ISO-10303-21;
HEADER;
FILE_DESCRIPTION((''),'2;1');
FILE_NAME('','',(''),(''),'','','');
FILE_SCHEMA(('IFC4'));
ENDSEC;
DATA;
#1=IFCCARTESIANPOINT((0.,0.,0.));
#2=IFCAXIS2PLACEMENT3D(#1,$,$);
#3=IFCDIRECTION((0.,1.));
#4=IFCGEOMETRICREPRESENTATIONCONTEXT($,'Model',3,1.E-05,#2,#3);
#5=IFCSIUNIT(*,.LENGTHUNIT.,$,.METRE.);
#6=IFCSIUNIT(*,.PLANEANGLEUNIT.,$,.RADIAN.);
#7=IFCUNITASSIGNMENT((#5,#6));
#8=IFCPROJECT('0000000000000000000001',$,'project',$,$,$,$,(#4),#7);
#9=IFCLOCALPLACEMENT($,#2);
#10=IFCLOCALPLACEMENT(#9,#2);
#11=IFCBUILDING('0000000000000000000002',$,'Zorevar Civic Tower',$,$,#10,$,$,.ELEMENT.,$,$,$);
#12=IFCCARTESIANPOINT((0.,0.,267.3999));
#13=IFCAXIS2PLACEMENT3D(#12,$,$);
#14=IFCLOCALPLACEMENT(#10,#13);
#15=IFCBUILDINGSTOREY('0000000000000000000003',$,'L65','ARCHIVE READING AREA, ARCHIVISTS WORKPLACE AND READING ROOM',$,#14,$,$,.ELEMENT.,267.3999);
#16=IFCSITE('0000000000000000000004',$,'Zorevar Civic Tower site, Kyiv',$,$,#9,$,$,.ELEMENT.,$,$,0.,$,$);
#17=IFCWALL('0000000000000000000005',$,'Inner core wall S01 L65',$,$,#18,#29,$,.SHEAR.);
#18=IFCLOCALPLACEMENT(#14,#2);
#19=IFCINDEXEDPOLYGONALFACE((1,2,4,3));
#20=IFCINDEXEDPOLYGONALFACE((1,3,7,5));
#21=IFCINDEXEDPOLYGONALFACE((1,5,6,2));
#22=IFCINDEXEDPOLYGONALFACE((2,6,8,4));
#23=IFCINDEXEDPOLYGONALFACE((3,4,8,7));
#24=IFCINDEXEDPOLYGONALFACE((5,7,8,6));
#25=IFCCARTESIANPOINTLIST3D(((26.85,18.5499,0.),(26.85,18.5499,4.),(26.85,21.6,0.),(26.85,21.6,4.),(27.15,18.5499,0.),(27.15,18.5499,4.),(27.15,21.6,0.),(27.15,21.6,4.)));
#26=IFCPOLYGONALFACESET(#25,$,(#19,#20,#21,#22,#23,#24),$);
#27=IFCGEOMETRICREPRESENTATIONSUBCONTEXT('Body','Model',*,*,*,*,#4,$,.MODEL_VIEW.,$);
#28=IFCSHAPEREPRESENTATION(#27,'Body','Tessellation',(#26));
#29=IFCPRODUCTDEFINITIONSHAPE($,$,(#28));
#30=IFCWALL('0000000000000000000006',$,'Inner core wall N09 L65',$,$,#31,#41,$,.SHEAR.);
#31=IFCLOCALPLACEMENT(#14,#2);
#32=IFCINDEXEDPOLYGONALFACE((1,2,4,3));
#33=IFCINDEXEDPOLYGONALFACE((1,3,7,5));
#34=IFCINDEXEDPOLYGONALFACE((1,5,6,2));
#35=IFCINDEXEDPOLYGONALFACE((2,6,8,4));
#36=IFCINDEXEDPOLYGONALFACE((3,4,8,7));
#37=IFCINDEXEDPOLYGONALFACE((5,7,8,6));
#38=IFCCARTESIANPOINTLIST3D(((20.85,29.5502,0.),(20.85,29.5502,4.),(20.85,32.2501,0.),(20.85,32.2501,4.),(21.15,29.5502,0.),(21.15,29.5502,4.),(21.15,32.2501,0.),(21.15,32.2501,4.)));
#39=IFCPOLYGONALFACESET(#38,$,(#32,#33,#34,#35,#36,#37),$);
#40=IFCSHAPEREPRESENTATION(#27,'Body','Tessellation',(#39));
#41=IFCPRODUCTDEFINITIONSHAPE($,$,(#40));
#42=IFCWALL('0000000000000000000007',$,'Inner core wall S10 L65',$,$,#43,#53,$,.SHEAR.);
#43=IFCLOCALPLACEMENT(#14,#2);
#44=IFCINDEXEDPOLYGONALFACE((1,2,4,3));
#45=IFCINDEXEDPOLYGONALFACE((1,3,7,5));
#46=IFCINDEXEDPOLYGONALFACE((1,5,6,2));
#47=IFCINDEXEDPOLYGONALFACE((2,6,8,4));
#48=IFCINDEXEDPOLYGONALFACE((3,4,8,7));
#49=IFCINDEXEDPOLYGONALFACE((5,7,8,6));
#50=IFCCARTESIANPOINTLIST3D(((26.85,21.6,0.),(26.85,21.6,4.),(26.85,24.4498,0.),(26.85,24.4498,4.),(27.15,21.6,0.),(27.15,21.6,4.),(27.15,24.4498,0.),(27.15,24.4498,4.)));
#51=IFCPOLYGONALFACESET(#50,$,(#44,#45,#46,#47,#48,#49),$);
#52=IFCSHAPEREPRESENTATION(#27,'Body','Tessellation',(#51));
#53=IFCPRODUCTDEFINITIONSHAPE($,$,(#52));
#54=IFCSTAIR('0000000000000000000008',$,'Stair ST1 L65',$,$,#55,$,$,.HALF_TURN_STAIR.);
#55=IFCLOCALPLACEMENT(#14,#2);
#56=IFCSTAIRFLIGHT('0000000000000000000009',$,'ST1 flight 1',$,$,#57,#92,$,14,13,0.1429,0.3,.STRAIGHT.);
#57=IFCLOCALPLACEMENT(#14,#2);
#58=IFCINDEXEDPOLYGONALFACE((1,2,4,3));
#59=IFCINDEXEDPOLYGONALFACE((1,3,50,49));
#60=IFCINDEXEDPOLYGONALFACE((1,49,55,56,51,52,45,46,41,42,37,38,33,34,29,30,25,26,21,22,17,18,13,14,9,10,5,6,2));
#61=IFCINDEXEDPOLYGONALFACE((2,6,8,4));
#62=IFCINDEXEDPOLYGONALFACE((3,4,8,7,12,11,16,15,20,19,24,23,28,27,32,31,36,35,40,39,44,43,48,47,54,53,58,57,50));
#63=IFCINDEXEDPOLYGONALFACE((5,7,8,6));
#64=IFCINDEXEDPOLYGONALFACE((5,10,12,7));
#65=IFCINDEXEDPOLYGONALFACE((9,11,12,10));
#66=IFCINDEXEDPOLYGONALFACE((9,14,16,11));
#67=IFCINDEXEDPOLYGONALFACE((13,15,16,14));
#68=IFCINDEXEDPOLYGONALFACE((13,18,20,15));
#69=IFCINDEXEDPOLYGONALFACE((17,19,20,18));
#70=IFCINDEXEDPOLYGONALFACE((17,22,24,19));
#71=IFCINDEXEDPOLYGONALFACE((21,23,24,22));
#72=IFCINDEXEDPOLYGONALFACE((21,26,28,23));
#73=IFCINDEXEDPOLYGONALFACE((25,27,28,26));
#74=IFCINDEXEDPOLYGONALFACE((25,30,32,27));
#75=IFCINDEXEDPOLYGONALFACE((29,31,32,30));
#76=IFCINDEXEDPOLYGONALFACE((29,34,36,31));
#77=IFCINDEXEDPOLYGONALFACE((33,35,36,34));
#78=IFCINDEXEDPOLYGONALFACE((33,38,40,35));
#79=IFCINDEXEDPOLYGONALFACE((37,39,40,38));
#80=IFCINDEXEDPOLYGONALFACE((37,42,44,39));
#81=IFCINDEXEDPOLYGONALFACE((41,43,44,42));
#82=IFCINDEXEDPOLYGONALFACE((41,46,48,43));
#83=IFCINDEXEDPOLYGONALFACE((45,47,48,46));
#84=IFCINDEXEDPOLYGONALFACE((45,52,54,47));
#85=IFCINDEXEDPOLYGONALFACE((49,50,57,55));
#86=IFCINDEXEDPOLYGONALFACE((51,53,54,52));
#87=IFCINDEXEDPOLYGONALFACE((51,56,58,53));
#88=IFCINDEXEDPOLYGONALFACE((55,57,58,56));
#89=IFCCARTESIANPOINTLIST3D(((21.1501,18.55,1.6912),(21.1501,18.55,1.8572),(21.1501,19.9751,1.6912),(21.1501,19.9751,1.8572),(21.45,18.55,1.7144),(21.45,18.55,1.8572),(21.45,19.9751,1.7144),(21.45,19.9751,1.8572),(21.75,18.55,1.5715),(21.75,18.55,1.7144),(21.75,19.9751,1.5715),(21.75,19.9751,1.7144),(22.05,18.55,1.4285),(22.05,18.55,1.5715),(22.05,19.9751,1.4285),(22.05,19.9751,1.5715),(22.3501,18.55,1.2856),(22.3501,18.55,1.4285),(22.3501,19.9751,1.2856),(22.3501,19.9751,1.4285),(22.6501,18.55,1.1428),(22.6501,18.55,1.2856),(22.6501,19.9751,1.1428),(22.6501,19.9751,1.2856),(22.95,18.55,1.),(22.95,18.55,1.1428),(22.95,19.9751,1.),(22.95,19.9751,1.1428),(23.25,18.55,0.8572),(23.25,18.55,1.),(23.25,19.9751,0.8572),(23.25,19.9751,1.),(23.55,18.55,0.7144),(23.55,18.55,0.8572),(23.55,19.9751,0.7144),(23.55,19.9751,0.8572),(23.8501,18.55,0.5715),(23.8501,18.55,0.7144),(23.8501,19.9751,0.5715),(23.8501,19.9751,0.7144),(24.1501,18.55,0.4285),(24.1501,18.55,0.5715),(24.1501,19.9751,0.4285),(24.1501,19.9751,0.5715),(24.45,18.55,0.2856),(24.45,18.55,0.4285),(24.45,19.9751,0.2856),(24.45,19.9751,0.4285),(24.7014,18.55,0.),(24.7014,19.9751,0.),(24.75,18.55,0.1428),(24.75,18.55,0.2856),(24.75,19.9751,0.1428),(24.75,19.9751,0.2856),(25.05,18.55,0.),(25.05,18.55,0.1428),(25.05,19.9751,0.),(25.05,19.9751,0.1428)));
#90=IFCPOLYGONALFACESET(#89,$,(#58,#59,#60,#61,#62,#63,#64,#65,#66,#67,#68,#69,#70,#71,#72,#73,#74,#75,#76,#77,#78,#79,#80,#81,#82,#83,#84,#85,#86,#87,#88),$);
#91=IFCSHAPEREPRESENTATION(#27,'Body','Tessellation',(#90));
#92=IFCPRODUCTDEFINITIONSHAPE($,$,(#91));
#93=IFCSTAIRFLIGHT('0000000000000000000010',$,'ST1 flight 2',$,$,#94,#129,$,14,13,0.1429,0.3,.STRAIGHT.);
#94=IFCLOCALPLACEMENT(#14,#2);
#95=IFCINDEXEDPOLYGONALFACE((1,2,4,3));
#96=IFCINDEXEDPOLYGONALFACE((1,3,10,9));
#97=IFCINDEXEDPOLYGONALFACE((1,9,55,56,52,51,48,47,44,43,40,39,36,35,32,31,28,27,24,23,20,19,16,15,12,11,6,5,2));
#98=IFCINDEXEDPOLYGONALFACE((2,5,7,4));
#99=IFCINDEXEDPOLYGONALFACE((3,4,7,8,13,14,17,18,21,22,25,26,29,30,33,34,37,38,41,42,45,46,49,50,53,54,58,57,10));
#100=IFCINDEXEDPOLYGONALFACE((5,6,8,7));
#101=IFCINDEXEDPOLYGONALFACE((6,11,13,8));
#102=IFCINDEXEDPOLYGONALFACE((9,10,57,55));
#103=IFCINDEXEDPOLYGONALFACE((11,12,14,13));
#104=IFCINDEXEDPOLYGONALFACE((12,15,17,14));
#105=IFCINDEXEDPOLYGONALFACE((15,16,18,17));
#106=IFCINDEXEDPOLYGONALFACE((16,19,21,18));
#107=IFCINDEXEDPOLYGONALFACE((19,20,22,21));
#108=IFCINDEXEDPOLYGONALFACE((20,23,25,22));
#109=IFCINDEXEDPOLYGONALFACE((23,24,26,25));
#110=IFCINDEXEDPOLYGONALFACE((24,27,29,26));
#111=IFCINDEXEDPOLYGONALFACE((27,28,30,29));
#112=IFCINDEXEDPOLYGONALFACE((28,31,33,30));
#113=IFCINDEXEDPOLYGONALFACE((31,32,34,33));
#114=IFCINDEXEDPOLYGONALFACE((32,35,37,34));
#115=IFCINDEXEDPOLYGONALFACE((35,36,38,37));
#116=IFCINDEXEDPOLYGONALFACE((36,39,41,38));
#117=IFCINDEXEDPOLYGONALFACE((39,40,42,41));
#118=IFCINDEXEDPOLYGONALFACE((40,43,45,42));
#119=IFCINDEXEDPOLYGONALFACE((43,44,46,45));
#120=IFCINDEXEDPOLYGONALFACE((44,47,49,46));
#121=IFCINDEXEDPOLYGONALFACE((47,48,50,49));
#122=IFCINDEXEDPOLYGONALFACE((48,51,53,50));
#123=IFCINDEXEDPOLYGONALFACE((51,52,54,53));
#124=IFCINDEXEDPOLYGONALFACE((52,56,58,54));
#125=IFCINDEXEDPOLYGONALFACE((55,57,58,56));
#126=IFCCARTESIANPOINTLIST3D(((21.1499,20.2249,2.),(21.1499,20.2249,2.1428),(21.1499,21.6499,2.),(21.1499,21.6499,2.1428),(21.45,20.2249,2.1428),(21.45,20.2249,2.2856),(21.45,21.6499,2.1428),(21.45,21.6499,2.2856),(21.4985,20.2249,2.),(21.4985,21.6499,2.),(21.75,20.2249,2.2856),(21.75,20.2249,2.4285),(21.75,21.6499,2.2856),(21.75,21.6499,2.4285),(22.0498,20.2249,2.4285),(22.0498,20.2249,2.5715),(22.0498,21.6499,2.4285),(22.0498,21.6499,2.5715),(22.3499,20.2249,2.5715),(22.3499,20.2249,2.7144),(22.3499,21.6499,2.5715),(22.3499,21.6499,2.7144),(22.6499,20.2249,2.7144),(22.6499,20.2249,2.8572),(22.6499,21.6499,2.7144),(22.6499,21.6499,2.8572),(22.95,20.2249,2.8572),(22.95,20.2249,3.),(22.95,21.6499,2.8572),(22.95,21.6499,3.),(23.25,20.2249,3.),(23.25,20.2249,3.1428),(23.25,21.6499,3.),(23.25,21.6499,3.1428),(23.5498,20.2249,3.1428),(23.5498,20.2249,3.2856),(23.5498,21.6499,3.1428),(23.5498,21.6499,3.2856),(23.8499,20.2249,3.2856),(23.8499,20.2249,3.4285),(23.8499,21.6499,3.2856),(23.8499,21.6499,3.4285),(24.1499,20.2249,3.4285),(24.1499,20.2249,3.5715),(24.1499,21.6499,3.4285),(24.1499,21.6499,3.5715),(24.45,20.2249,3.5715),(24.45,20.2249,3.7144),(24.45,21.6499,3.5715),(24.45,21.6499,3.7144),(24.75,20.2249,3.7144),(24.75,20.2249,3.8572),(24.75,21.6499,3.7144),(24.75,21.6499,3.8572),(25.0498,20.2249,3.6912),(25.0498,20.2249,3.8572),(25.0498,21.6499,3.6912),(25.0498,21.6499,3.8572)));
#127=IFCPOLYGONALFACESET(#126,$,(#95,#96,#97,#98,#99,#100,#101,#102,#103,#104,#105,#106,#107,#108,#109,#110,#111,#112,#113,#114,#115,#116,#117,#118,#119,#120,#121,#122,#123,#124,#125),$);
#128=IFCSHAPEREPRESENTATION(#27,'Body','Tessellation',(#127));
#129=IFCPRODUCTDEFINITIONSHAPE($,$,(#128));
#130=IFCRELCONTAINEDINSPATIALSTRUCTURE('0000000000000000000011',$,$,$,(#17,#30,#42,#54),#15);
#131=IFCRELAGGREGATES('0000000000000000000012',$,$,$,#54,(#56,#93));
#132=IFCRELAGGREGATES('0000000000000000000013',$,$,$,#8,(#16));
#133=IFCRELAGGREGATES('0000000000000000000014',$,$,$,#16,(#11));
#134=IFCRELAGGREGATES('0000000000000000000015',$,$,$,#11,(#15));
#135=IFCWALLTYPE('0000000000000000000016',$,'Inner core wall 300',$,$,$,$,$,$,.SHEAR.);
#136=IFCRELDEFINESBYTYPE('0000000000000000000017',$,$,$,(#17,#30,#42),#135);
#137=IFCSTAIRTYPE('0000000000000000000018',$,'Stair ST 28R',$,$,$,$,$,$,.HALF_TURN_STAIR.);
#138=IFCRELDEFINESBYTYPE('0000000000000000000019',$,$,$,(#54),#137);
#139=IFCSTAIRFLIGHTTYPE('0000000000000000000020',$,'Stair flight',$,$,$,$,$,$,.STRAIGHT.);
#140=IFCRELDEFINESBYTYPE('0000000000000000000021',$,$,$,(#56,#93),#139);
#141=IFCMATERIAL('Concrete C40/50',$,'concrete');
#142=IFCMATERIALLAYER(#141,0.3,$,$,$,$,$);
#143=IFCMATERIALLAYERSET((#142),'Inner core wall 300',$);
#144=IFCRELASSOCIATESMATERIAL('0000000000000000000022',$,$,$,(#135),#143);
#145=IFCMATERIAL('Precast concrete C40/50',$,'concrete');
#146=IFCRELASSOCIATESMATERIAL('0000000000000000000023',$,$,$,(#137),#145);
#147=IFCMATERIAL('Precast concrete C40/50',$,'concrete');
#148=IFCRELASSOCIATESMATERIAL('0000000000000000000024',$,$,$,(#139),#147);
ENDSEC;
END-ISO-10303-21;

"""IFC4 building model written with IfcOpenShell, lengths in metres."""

from ifc_helpers import new_model, si_unit, direction, frame, frame_2d, origin, place, context, subcontext, project, spatial, polyline, rectangle, outline, extrude, material, layer, layer_set, type_object, element, aggregate, save


model = new_model("IFC4")

# Units and contexts
model_context = context("Model", 3, precision=1e-05, world=origin(), true_north=direction((0.0, 1.0)))
body_context = subcontext(model_context, "Body", "Model", "MODEL_VIEW")
ifc_project = project(units=[si_unit("LENGTHUNIT", "METRE"), si_unit("PLANEANGLEUNIT", "RADIAN")], contexts=[model_context])

# Site, building, storey
site_placement = place(None, origin())
site = spatial("IfcSite", under=ifc_project, at=site_placement, Name="Zorevar Civic Tower site, Kyiv", CompositionType="ELEMENT", RefElevation=0.0)
building_placement = place(site_placement, origin())
building = spatial("IfcBuilding", under=site, at=building_placement, Name="Zorevar Civic Tower", CompositionType="ELEMENT")
storey_placement = place(building_placement, frame((0.0, 0.0, 267.3999)))
storey = spatial("IfcBuildingStorey", under=building, at=storey_placement, Name="L65", Description="ARCHIVE READING AREA, ARCHIVISTS WORKPLACE AND READING ROOM", CompositionType="ELEMENT", Elevation=267.3999)

# Wall
ifc_material_1 = material(Name="Concrete C40/50", Category="concrete")
ifc_layer = layer(ifc_material_1, 0.3)
ifc_layer_set = layer_set([ifc_layer], Name="Inner core wall 300")
wall_type = type_object("IfcWallType", Name="Inner core wall 300", PredefinedType="SHEAR", material=ifc_layer_set)
wall_1_placement = place(storey_placement, frame((27.0, 18.55, 0.0), z_axis=(0.0, 0.0, 1.0), x_axis=(0.0, 1.0, 0.0)))
element("IfcWall", 1, at=wall_1_placement, inside=storey, type_object=wall_type, Name="Inner core wall S01 L65", PredefinedType="SHEAR", context=body_context, shape_type="SweptSolid", body=[
    extrude(rectangle(XDim=3.05, YDim=0.3, at=frame_2d((1.5249, 0.0))), origin(), (0.0, 0.0, 1.0), 4.0),
])

# Walls
wall_2_placement = place(storey_placement, frame((21.0, 29.55, 0.0), z_axis=(0.0, 0.0, 1.0), x_axis=(0.0, 1.0, 0.0)))
element("IfcWall", 2, at=wall_2_placement, inside=storey, type_object=wall_type, Name="Inner core wall N09 L65", PredefinedType="SHEAR", context=body_context, shape_type="SweptSolid", body=[
    extrude(rectangle(XDim=2.7, YDim=0.3, at=frame_2d((1.3501, 0.0))), origin(), (0.0, 0.0, 1.0), 4.0),
])
wall_3_placement = place(storey_placement, frame((27.0, 21.6001, 0.0), z_axis=(0.0, 0.0, 1.0), x_axis=(0.0, 1.0, 0.0)))
element("IfcWall", 3, at=wall_3_placement, inside=storey, type_object=wall_type, Name="Inner core wall S10 L65", PredefinedType="SHEAR", context=body_context, shape_type="SweptSolid", body=[
    extrude(rectangle(XDim=2.8499, YDim=0.3, at=frame_2d((1.4248, 0.0))), origin(), (0.0, 0.0, 1.0), 4.0),
])

# Stair, stair flights
ifc_material_2 = material(Name="Precast concrete C40/50", Category="concrete")
stair_type = type_object("IfcStairType", Name="Stair ST 28R", PredefinedType="HALF_TURN_STAIR", material=ifc_material_2)
stair_placement = place(storey_placement, origin())
stair = element("IfcStair", 4, at=stair_placement, inside=storey, type_object=stair_type, Name="Stair ST1 L65", PredefinedType="HALF_TURN_STAIR")
ifc_material_3 = material(Name="Precast concrete C40/50", Category="concrete")
stair_flight_type = type_object("IfcStairFlightType", Name="Stair flight", PredefinedType="STRAIGHT", material=ifc_material_3)
stair_flight_1_placement = place(storey_placement, frame((25.05, 19.2625, 0.0), z_axis=(0.0, 0.0, 1.0), x_axis=(-1.0, 0.0, 0.0)))
stair_flight_1 = element("IfcStairFlight", 5, at=stair_flight_1_placement, type_object=stair_flight_type, Name="ST1 flight 1", NumberOfRisers=14, NumberOfTreads=13, PredefinedType="STRAIGHT", RiserHeight=0.1429, TreadLength=0.3, context=body_context, shape_type="SweptSolid", body=[
    extrude(outline(polyline([(0.0, 0.0), (0.0, 0.1428), (0.3, 0.1428), (0.3, 0.2856), (0.6001, 0.2856), (0.6001, 0.4285), (0.8999, 0.4285), (0.8999, 0.5715), (1.2, 0.5715), (1.2, 0.7144), (1.5, 0.7144), (1.5, 0.8572), (1.8, 0.8572), (1.8, 1.0), (2.1001, 1.0), (2.1001, 1.1428), (2.3999, 1.1428), (2.3999, 1.2856), (2.7, 1.2856), (2.7, 1.4285), (3.0, 1.4285), (3.0, 1.5715), (3.3, 1.5715), (3.3, 1.7144), (3.6001, 1.7144), (3.6001, 1.8572), (3.8999, 1.8572), (3.8999, 2.0), (3.8999, 1.6912), (0.3486, 0.0), (0.0, 0.0)])), frame((0.0, 0.7124, 0.0), z_axis=(0.0, -1.0, 0.0), x_axis=(1.0, 0.0, 0.0)), (0.0, 0.0, 1.0), 1.425),
])
stair_flight_2_placement = place(storey_placement, frame((21.1499, 20.9375, 2.0), z_axis=(0.0, 0.0, 1.0), x_axis=(1.0, 0.0, 0.0)))
stair_flight_2 = element("IfcStairFlight", 6, at=stair_flight_2_placement, type_object=stair_flight_type, Name="ST1 flight 2", NumberOfRisers=14, NumberOfTreads=13, PredefinedType="STRAIGHT", RiserHeight=0.1429, TreadLength=0.3, context=body_context, shape_type="SweptSolid", body=[
    extrude(outline(polyline([(0.0, 0.0), (0.0, 0.1428), (0.3, 0.1428), (0.3, 0.2856), (0.6001, 0.2856), (0.6001, 0.4285), (0.8999, 0.4285), (0.8999, 0.5715), (1.2, 0.5715), (1.2, 0.7144), (1.5, 0.7144), (1.5, 0.8572), (1.8, 0.8572), (1.8, 1.0), (2.1001, 1.0), (2.1001, 1.1428), (2.3999, 1.1428), (2.3999, 1.2856), (2.7, 1.2856), (2.7, 1.4285), (3.0, 1.4285), (3.0, 1.5715), (3.3, 1.5715), (3.3, 1.7144), (3.6001, 1.7144), (3.6001, 1.8572), (3.8999, 1.8572), (3.8999, 2.0), (3.8999, 1.6912), (0.3486, 0.0), (0.0, 0.0)])), frame((0.0, 0.7124, 0.0), z_axis=(0.0, -1.0, 0.0), x_axis=(1.0, 0.0, 0.0)), (0.0, 0.0, 1.0), 1.425),
])
aggregate(stair, [stair_flight_1, stair_flight_2])

save(model, "model.ifc")
